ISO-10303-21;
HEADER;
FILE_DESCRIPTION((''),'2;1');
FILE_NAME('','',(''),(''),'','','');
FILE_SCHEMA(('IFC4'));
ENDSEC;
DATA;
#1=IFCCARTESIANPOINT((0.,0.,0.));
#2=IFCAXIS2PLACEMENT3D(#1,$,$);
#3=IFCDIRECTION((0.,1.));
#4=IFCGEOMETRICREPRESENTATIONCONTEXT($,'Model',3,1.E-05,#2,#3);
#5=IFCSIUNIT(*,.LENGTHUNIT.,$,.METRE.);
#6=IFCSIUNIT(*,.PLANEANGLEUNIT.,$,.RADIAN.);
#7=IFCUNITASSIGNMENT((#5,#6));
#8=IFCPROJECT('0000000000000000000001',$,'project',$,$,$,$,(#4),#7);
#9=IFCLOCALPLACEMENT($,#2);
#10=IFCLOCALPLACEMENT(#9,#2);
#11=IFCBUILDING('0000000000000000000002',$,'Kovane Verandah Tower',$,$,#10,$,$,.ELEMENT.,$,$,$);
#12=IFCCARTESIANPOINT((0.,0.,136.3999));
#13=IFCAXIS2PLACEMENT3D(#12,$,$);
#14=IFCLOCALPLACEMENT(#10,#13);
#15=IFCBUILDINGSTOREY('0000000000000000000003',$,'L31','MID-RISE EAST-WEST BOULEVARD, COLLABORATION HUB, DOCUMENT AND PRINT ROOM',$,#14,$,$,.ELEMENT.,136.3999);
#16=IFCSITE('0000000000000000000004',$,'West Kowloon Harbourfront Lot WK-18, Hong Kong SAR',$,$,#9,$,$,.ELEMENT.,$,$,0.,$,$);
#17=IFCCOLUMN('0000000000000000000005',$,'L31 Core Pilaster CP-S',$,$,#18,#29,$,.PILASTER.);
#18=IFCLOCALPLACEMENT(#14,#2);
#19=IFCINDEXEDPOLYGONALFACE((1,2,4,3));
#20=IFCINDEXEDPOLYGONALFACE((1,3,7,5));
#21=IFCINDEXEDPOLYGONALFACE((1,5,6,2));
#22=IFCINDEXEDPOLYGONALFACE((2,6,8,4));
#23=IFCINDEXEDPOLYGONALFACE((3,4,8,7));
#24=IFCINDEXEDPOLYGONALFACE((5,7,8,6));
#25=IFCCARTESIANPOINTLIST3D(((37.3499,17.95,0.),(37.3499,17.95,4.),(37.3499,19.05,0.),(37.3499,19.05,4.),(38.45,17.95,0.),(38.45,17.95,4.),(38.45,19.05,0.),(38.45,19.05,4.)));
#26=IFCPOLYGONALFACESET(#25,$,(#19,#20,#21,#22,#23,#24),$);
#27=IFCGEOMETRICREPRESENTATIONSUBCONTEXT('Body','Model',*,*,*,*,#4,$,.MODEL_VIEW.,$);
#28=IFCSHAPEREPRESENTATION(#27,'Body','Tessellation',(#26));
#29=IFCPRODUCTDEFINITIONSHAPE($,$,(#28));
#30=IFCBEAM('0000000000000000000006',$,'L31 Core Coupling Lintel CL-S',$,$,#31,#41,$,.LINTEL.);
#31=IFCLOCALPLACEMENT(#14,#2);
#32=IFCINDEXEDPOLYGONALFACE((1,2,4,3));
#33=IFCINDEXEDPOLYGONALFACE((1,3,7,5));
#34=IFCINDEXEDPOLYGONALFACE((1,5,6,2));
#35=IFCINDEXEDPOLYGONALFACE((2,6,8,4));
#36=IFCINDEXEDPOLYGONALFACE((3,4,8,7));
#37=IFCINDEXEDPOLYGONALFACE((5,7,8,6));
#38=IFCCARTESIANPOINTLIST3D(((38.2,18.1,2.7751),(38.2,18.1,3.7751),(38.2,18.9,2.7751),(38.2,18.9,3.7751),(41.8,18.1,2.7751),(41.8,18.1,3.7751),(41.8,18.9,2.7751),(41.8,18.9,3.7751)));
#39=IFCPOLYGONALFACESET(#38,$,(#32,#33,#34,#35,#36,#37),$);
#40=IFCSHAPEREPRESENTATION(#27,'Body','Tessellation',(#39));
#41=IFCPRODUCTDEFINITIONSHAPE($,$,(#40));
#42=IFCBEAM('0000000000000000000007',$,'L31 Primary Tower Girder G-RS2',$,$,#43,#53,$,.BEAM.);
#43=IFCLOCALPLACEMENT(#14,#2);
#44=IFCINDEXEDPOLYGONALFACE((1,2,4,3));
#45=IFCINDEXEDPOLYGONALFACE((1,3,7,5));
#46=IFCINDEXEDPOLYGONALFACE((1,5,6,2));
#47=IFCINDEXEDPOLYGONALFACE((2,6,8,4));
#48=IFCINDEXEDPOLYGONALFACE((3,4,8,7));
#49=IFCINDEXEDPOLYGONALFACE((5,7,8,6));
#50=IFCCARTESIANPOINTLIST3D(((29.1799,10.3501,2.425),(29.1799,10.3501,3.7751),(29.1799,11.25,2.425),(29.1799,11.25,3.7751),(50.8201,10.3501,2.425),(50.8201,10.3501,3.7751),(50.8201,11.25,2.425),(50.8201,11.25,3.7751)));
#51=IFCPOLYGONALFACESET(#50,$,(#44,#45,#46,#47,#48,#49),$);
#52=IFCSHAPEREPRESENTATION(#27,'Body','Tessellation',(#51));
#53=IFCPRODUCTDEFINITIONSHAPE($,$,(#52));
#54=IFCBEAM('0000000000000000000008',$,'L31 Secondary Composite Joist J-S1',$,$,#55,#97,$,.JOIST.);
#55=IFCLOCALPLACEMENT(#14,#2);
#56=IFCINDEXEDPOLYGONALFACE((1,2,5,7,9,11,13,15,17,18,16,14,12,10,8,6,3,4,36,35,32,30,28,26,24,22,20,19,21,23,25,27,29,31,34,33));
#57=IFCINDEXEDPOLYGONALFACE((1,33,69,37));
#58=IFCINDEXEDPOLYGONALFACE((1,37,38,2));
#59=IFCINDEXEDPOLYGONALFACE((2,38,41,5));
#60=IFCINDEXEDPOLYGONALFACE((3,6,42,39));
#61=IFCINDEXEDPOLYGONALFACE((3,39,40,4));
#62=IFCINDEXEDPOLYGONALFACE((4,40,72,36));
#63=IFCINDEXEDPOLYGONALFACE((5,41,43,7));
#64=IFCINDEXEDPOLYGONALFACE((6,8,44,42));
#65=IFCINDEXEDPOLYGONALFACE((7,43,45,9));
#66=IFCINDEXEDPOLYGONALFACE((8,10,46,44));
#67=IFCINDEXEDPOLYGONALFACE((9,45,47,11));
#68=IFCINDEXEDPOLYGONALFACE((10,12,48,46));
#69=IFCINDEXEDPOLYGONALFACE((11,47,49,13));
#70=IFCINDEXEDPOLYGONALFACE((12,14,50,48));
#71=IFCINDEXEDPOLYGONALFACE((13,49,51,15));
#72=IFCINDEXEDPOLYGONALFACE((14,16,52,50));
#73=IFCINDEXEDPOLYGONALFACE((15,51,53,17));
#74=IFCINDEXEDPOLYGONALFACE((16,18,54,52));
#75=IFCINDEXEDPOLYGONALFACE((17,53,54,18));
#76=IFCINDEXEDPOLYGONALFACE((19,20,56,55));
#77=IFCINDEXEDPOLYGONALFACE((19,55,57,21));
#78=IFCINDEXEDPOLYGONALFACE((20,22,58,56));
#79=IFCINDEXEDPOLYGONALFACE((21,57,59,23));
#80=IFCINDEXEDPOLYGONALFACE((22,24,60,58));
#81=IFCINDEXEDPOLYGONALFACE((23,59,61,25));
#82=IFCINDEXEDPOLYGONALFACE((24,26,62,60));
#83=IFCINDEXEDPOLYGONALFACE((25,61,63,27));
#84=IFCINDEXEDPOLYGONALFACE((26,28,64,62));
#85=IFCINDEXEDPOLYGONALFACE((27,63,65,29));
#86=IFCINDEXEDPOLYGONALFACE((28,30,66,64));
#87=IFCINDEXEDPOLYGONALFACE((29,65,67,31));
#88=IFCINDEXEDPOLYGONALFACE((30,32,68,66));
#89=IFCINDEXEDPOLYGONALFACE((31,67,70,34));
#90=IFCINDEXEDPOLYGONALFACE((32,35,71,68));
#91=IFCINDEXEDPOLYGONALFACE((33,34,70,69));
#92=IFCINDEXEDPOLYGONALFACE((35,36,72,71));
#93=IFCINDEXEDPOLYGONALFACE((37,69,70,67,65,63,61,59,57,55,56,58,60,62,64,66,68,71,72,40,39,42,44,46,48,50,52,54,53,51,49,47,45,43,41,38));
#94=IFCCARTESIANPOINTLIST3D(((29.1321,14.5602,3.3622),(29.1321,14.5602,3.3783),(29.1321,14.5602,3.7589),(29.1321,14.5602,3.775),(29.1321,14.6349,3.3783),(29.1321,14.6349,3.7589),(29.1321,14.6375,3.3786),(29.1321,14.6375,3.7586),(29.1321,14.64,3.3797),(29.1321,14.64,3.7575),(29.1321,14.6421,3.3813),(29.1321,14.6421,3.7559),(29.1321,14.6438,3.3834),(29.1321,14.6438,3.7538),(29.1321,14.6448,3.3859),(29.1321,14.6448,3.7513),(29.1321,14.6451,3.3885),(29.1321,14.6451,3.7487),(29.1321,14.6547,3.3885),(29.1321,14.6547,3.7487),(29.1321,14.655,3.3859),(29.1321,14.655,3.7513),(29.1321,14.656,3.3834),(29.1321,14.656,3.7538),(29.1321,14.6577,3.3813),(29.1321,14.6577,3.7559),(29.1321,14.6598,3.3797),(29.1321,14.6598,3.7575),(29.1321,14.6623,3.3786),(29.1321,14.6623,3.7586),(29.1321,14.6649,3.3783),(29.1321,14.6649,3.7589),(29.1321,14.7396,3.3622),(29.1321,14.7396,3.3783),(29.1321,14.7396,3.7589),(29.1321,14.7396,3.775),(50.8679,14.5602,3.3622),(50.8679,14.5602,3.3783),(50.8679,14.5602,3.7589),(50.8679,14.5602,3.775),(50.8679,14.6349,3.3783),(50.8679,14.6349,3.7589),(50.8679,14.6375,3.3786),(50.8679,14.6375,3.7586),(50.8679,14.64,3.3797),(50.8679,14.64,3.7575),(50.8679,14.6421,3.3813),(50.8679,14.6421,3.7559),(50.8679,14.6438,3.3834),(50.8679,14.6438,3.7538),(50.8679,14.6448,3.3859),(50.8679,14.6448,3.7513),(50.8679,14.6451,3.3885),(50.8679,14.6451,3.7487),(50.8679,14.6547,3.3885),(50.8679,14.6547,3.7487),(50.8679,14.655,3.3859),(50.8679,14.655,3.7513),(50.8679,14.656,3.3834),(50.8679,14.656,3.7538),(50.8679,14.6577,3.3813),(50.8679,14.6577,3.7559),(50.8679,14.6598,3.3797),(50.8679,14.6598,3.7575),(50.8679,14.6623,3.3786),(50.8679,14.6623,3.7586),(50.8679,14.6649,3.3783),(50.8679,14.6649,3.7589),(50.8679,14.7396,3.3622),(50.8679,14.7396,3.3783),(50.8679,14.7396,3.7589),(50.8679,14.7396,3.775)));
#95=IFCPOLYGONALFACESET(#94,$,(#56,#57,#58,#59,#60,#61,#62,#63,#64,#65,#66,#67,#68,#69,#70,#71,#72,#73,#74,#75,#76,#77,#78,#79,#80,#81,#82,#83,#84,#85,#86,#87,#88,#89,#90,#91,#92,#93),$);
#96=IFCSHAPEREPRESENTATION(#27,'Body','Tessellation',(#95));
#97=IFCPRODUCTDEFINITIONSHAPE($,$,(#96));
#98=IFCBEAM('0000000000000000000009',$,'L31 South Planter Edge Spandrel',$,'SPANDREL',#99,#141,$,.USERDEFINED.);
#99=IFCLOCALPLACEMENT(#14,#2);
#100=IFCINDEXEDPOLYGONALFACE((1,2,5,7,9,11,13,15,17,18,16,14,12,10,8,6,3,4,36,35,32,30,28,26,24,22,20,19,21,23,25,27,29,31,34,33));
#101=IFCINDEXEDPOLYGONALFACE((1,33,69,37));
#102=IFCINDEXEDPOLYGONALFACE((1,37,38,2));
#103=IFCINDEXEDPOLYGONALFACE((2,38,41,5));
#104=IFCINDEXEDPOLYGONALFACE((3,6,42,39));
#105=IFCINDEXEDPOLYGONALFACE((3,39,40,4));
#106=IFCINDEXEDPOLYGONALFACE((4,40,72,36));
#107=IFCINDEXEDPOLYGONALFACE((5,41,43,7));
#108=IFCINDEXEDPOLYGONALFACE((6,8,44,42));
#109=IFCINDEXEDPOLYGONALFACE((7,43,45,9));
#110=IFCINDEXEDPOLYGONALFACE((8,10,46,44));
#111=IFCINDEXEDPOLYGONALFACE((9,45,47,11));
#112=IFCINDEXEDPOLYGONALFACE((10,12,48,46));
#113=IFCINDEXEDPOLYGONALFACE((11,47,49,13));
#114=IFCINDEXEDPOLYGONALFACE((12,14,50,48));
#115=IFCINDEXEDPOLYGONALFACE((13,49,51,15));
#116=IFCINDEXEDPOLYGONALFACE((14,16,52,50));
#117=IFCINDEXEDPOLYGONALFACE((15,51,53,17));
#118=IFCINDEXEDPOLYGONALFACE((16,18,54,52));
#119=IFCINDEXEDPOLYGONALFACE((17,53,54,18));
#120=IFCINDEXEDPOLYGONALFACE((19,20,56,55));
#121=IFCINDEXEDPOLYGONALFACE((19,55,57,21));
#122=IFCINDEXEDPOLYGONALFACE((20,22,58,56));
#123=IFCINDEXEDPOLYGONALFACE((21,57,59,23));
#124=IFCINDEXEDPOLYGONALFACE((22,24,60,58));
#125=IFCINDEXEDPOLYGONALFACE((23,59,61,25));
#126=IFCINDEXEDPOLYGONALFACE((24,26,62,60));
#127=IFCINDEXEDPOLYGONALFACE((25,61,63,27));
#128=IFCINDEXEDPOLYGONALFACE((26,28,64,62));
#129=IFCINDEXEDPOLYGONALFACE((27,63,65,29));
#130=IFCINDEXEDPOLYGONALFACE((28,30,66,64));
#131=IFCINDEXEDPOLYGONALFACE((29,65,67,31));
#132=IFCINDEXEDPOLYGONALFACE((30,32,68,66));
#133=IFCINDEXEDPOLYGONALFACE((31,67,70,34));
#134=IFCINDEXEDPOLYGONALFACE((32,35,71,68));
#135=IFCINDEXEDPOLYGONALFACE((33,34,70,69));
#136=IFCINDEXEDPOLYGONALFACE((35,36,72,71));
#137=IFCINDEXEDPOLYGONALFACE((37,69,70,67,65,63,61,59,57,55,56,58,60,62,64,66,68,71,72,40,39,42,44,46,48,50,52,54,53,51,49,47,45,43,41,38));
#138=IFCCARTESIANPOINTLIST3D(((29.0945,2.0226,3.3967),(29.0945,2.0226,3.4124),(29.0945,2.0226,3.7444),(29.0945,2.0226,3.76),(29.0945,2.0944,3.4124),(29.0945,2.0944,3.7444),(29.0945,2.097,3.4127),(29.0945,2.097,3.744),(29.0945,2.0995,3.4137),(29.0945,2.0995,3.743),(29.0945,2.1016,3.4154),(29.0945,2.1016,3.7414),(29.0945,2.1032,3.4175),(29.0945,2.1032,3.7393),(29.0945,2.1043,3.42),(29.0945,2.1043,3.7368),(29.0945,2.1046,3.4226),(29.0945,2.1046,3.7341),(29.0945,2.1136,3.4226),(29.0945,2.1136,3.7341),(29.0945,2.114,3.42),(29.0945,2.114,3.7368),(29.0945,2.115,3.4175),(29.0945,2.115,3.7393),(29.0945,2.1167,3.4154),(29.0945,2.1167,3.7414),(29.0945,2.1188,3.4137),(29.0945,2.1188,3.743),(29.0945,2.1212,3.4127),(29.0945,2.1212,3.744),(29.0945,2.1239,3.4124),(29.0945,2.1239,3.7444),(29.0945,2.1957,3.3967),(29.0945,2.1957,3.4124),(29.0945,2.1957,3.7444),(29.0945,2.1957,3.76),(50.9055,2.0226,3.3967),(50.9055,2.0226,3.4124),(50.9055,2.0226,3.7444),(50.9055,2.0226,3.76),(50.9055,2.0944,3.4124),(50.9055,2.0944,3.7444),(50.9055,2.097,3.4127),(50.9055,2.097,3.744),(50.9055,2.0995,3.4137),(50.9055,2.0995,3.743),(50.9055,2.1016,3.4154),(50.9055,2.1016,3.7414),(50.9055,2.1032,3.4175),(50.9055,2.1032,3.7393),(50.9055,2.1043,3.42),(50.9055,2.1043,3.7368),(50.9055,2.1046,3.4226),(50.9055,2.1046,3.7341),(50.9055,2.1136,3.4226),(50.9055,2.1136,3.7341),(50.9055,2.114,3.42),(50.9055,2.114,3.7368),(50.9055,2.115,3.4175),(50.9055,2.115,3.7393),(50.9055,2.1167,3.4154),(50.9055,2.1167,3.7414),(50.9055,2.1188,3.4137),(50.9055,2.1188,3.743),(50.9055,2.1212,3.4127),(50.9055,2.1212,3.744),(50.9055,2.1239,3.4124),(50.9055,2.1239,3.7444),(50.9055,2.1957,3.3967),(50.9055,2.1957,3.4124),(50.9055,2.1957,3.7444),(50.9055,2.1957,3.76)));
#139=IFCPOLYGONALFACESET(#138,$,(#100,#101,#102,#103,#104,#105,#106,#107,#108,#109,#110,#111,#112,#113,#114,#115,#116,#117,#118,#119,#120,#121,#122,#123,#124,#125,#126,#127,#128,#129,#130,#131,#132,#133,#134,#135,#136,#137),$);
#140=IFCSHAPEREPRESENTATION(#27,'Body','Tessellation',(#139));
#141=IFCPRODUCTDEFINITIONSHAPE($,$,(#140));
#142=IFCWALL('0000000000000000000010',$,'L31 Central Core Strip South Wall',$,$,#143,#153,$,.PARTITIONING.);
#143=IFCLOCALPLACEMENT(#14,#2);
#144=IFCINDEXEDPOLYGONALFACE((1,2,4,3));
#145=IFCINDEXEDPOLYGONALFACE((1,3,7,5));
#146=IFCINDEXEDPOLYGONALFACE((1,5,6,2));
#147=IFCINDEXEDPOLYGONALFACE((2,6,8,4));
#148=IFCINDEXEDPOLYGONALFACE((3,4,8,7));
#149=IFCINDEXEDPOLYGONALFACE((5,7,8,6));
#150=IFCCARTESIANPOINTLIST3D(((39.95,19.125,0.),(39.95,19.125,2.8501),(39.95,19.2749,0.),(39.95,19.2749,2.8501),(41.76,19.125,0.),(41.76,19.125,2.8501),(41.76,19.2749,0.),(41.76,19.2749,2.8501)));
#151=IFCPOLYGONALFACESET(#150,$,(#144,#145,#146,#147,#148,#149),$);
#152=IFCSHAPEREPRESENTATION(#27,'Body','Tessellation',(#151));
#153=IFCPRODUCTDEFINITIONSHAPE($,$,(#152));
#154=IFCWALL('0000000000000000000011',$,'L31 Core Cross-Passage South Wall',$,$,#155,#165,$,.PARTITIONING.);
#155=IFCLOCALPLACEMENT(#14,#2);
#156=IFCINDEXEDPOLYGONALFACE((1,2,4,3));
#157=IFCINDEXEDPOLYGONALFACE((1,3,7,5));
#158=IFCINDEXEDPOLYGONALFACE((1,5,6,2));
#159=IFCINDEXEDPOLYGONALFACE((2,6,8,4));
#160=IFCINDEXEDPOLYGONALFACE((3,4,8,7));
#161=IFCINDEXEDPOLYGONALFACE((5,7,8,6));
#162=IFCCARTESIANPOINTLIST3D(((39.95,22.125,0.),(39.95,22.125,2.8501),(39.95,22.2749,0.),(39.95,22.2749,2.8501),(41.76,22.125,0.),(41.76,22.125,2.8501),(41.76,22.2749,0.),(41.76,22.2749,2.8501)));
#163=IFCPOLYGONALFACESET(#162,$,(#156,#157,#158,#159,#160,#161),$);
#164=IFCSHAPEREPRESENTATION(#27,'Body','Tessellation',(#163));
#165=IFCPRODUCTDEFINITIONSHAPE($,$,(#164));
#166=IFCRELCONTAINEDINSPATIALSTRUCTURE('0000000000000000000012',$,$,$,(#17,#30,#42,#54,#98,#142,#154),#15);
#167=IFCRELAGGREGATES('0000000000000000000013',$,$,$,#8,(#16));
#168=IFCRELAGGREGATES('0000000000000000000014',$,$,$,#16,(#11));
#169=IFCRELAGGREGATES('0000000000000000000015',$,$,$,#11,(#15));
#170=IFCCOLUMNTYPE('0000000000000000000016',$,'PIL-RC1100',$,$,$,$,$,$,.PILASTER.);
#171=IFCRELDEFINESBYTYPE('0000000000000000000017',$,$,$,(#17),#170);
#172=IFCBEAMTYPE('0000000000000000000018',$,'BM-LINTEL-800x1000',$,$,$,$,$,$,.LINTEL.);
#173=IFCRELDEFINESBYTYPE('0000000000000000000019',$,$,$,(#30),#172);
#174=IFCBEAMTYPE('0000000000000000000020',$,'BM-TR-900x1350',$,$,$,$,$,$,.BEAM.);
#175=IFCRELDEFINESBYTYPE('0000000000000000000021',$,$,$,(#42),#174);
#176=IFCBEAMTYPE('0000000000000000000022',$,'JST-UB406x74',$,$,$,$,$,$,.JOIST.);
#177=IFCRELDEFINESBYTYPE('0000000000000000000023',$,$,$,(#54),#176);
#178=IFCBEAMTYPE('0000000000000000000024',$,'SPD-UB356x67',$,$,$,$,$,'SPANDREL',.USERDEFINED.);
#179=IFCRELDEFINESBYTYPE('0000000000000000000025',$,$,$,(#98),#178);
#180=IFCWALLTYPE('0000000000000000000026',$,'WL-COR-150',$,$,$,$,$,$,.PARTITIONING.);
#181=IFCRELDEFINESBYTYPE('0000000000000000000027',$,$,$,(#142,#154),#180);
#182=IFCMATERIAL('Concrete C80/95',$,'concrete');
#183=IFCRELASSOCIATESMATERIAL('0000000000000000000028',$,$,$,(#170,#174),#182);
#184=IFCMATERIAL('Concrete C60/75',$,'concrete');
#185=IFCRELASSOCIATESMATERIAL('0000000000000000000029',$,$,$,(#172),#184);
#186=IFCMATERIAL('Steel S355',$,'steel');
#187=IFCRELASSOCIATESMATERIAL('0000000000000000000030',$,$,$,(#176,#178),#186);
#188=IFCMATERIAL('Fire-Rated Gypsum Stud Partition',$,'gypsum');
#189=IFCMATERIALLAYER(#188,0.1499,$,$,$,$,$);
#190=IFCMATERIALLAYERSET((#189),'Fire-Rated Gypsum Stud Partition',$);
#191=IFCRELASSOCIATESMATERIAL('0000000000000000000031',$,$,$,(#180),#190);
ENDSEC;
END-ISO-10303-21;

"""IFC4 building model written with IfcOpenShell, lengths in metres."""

from ifc_helpers import new_model, si_unit, direction, frame, frame_2d, origin, origin_2d, place, context, subcontext, project, spatial, rectangle, i_section, extrude, material, layer, layer_set, material_profile, profile_set, type_object, element, save


model = new_model("IFC4")

# Units and contexts
model_context = context("Model", 3, precision=1e-05, world=origin(), true_north=direction((0.0, 1.0)))
body_context = subcontext(model_context, "Body", "Model", "MODEL_VIEW")
ifc_project = project(units=[si_unit("LENGTHUNIT", "METRE"), si_unit("PLANEANGLEUNIT", "RADIAN")], contexts=[model_context])

# Site, building, storey
site_placement = place(None, origin())
site = spatial("IfcSite", under=ifc_project, at=site_placement, Name="West Kowloon Harbourfront Lot WK-18, Hong Kong SAR", CompositionType="ELEMENT", RefElevation=0.0)
building_placement = place(site_placement, origin())
building = spatial("IfcBuilding", under=site, at=building_placement, Name="Kovane Verandah Tower", CompositionType="ELEMENT")
storey_placement = place(building_placement, frame((0.0, 0.0, 136.3999)))
storey = spatial("IfcBuildingStorey", under=building, at=storey_placement, Name="L31", Description="MID-RISE EAST-WEST BOULEVARD, COLLABORATION HUB, DOCUMENT AND PRINT ROOM", CompositionType="ELEMENT", Elevation=136.3999)

# Column
ifc_material_1 = material(Name="Concrete C80/95", Category="concrete")
ifc_material_profile_1 = material_profile(ifc_material_1, rectangle(XDim=1.1001, YDim=1.1001, at=origin_2d()), Name="RC1100x1100")
ifc_profile_set_1 = profile_set([ifc_material_profile_1], Name="Concrete C80/95")
column_type = type_object("IfcColumnType", Name="PIL-RC1100", PredefinedType="PILASTER", material=ifc_profile_set_1)
column_placement = place(storey_placement, frame((37.8999, 18.5, 0.0), z_axis=(0.0, 0.0, 1.0), x_axis=(1.0, 0.0, 0.0)))
element("IfcColumn", 1, at=column_placement, inside=storey, type_object=column_type, Name="L31 Core Pilaster CP-S", PredefinedType="PILASTER", context=body_context, shape_type="SweptSolid", body=[
    extrude(rectangle(XDim=1.1001, YDim=1.1001, at=origin_2d()), origin(), (0.0, 0.0, 1.0), 4.0),
])

# Beams
ifc_material_2 = material(Name="Concrete C60/75", Category="concrete")
ifc_material_profile_2 = material_profile(ifc_material_2, rectangle(XDim=0.8, YDim=1.0, at=origin_2d()), Name="RCB800x1000")
ifc_profile_set_2 = profile_set([ifc_material_profile_2], Name="Concrete C60/75")
beam_type_1 = type_object("IfcBeamType", Name="BM-LINTEL-800x1000", PredefinedType="LINTEL", material=ifc_profile_set_2)
beam_1_placement = place(storey_placement, frame((38.2, 18.5, 3.2751), z_axis=(1.0, 0.0, 0.0), x_axis=(0.0, 1.0, 0.0)))
element("IfcBeam", 2, at=beam_1_placement, inside=storey, type_object=beam_type_1, Name="L31 Core Coupling Lintel CL-S", PredefinedType="LINTEL", context=body_context, shape_type="SweptSolid", body=[
    extrude(rectangle(XDim=0.8, YDim=1.0, at=origin_2d()), origin(), (0.0, 0.0, 1.0), 3.6001),
])
ifc_material_profile_3 = material_profile(ifc_material_1, rectangle(XDim=0.8999, YDim=1.3501, at=origin_2d()), Name="RCB900x1350")
ifc_profile_set_3 = profile_set([ifc_material_profile_3], Name="Concrete C80/95")
beam_type_2 = type_object("IfcBeamType", Name="BM-TR-900x1350", PredefinedType="BEAM", material=ifc_profile_set_3)
beam_2_placement = place(storey_placement, frame((29.1799, 10.8, 3.1001), z_axis=(1.0, 0.0, 0.0), x_axis=(0.0, 1.0, 0.0)))
element("IfcBeam", 3, at=beam_2_placement, inside=storey, type_object=beam_type_2, Name="L31 Primary Tower Girder G-RS2", PredefinedType="BEAM", context=body_context, shape_type="SweptSolid", body=[
    extrude(rectangle(XDim=0.8999, YDim=1.3501, at=origin_2d()), origin(), (0.0, 0.0, 1.0), 21.6401),
])
ifc_material_3 = material(Name="Steel S355", Category="steel")
ifc_material_profile_4 = material_profile(ifc_material_3, i_section(OverallWidth=0.1794, OverallDepth=0.4128, WebThickness=0.0095, FlangeThickness=0.0161, FilletRadius=0.0103, at=origin_2d()), Name="UB406x178x74")
ifc_profile_set_4 = profile_set([ifc_material_profile_4], Name="Steel S355")
beam_type_3 = type_object("IfcBeamType", Name="JST-UB406x74", PredefinedType="JOIST", material=ifc_profile_set_4)
beam_3_placement = place(storey_placement, frame((29.1321, 14.6499, 3.5686), z_axis=(1.0, 0.0, 0.0), x_axis=(0.0, 1.0, 0.0)))
element("IfcBeam", 4, at=beam_3_placement, inside=storey, type_object=beam_type_3, Name="L31 Secondary Composite Joist J-S1", PredefinedType="JOIST", context=body_context, shape_type="SweptSolid", body=[
    extrude(i_section(OverallWidth=0.1794, OverallDepth=0.4128, WebThickness=0.0095, FlangeThickness=0.0161, FilletRadius=0.0103, at=origin_2d()), origin(), (0.0, 0.0, 1.0), 21.7358),
])
ifc_material_profile_5 = material_profile(ifc_material_3, i_section(OverallWidth=0.1731, OverallDepth=0.3633, WebThickness=0.009, FlangeThickness=0.0156, FilletRadius=0.0103, at=origin_2d()), Name="UB356x171x67")
ifc_profile_set_5 = profile_set([ifc_material_profile_5], Name="Steel S355")
beam_type_4 = type_object("IfcBeamType", Name="SPD-UB356x67", ElementType="SPANDREL", PredefinedType="USERDEFINED", material=ifc_profile_set_5)
beam_4_placement = place(storey_placement, frame((29.0945, 2.1091, 3.5784), z_axis=(1.0, 0.0, 0.0), x_axis=(0.0, 1.0, 0.0)))
element("IfcBeam", 5, at=beam_4_placement, inside=storey, type_object=beam_type_4, Name="L31 South Planter Edge Spandrel", ObjectType="SPANDREL", PredefinedType="USERDEFINED", context=body_context, shape_type="SweptSolid", body=[
    extrude(i_section(OverallWidth=0.1731, OverallDepth=0.3633, WebThickness=0.009, FlangeThickness=0.0156, FilletRadius=0.0103, at=origin_2d()), origin(), (0.0, 0.0, 1.0), 21.811),
])

# Walls
ifc_material_4 = material(Name="Fire-Rated Gypsum Stud Partition", Category="gypsum")
ifc_layer_1 = layer(ifc_material_4, 0.1499)
ifc_layer_set_1 = layer_set([ifc_layer_1], Name="Fire-Rated Gypsum Stud Partition")
wall_type_1 = type_object("IfcWallType", Name="WL-COR-150", PredefinedType="PARTITIONING", material=ifc_layer_set_1)
for number, where, z_axis, x_axis, name in (
    (6, (39.95, 19.2, 0.0), (0.0, 0.0, 1.0), (1.0, 0.0, 0.0), "L31 Central Core Strip South Wall"),
    (7, (39.95, 22.2, 0.0), (0.0, 0.0, 1.0), (1.0, 0.0, 0.0), "L31 Core Cross-Passage South Wall"),
):
    element("IfcWall", number, at=place(storey_placement, frame(where, z_axis=z_axis, x_axis=x_axis)), inside=storey, type_object=wall_type_1, Name=name, PredefinedType="PARTITIONING", context=body_context, shape_type="SweptSolid", body=[
        extrude(rectangle(XDim=1.8101, YDim=0.1499, at=frame_2d((0.905, 0.0))), origin(), (0.0, 0.0, 1.0), 2.8501),
    ])

save(model, "model.ifc")
